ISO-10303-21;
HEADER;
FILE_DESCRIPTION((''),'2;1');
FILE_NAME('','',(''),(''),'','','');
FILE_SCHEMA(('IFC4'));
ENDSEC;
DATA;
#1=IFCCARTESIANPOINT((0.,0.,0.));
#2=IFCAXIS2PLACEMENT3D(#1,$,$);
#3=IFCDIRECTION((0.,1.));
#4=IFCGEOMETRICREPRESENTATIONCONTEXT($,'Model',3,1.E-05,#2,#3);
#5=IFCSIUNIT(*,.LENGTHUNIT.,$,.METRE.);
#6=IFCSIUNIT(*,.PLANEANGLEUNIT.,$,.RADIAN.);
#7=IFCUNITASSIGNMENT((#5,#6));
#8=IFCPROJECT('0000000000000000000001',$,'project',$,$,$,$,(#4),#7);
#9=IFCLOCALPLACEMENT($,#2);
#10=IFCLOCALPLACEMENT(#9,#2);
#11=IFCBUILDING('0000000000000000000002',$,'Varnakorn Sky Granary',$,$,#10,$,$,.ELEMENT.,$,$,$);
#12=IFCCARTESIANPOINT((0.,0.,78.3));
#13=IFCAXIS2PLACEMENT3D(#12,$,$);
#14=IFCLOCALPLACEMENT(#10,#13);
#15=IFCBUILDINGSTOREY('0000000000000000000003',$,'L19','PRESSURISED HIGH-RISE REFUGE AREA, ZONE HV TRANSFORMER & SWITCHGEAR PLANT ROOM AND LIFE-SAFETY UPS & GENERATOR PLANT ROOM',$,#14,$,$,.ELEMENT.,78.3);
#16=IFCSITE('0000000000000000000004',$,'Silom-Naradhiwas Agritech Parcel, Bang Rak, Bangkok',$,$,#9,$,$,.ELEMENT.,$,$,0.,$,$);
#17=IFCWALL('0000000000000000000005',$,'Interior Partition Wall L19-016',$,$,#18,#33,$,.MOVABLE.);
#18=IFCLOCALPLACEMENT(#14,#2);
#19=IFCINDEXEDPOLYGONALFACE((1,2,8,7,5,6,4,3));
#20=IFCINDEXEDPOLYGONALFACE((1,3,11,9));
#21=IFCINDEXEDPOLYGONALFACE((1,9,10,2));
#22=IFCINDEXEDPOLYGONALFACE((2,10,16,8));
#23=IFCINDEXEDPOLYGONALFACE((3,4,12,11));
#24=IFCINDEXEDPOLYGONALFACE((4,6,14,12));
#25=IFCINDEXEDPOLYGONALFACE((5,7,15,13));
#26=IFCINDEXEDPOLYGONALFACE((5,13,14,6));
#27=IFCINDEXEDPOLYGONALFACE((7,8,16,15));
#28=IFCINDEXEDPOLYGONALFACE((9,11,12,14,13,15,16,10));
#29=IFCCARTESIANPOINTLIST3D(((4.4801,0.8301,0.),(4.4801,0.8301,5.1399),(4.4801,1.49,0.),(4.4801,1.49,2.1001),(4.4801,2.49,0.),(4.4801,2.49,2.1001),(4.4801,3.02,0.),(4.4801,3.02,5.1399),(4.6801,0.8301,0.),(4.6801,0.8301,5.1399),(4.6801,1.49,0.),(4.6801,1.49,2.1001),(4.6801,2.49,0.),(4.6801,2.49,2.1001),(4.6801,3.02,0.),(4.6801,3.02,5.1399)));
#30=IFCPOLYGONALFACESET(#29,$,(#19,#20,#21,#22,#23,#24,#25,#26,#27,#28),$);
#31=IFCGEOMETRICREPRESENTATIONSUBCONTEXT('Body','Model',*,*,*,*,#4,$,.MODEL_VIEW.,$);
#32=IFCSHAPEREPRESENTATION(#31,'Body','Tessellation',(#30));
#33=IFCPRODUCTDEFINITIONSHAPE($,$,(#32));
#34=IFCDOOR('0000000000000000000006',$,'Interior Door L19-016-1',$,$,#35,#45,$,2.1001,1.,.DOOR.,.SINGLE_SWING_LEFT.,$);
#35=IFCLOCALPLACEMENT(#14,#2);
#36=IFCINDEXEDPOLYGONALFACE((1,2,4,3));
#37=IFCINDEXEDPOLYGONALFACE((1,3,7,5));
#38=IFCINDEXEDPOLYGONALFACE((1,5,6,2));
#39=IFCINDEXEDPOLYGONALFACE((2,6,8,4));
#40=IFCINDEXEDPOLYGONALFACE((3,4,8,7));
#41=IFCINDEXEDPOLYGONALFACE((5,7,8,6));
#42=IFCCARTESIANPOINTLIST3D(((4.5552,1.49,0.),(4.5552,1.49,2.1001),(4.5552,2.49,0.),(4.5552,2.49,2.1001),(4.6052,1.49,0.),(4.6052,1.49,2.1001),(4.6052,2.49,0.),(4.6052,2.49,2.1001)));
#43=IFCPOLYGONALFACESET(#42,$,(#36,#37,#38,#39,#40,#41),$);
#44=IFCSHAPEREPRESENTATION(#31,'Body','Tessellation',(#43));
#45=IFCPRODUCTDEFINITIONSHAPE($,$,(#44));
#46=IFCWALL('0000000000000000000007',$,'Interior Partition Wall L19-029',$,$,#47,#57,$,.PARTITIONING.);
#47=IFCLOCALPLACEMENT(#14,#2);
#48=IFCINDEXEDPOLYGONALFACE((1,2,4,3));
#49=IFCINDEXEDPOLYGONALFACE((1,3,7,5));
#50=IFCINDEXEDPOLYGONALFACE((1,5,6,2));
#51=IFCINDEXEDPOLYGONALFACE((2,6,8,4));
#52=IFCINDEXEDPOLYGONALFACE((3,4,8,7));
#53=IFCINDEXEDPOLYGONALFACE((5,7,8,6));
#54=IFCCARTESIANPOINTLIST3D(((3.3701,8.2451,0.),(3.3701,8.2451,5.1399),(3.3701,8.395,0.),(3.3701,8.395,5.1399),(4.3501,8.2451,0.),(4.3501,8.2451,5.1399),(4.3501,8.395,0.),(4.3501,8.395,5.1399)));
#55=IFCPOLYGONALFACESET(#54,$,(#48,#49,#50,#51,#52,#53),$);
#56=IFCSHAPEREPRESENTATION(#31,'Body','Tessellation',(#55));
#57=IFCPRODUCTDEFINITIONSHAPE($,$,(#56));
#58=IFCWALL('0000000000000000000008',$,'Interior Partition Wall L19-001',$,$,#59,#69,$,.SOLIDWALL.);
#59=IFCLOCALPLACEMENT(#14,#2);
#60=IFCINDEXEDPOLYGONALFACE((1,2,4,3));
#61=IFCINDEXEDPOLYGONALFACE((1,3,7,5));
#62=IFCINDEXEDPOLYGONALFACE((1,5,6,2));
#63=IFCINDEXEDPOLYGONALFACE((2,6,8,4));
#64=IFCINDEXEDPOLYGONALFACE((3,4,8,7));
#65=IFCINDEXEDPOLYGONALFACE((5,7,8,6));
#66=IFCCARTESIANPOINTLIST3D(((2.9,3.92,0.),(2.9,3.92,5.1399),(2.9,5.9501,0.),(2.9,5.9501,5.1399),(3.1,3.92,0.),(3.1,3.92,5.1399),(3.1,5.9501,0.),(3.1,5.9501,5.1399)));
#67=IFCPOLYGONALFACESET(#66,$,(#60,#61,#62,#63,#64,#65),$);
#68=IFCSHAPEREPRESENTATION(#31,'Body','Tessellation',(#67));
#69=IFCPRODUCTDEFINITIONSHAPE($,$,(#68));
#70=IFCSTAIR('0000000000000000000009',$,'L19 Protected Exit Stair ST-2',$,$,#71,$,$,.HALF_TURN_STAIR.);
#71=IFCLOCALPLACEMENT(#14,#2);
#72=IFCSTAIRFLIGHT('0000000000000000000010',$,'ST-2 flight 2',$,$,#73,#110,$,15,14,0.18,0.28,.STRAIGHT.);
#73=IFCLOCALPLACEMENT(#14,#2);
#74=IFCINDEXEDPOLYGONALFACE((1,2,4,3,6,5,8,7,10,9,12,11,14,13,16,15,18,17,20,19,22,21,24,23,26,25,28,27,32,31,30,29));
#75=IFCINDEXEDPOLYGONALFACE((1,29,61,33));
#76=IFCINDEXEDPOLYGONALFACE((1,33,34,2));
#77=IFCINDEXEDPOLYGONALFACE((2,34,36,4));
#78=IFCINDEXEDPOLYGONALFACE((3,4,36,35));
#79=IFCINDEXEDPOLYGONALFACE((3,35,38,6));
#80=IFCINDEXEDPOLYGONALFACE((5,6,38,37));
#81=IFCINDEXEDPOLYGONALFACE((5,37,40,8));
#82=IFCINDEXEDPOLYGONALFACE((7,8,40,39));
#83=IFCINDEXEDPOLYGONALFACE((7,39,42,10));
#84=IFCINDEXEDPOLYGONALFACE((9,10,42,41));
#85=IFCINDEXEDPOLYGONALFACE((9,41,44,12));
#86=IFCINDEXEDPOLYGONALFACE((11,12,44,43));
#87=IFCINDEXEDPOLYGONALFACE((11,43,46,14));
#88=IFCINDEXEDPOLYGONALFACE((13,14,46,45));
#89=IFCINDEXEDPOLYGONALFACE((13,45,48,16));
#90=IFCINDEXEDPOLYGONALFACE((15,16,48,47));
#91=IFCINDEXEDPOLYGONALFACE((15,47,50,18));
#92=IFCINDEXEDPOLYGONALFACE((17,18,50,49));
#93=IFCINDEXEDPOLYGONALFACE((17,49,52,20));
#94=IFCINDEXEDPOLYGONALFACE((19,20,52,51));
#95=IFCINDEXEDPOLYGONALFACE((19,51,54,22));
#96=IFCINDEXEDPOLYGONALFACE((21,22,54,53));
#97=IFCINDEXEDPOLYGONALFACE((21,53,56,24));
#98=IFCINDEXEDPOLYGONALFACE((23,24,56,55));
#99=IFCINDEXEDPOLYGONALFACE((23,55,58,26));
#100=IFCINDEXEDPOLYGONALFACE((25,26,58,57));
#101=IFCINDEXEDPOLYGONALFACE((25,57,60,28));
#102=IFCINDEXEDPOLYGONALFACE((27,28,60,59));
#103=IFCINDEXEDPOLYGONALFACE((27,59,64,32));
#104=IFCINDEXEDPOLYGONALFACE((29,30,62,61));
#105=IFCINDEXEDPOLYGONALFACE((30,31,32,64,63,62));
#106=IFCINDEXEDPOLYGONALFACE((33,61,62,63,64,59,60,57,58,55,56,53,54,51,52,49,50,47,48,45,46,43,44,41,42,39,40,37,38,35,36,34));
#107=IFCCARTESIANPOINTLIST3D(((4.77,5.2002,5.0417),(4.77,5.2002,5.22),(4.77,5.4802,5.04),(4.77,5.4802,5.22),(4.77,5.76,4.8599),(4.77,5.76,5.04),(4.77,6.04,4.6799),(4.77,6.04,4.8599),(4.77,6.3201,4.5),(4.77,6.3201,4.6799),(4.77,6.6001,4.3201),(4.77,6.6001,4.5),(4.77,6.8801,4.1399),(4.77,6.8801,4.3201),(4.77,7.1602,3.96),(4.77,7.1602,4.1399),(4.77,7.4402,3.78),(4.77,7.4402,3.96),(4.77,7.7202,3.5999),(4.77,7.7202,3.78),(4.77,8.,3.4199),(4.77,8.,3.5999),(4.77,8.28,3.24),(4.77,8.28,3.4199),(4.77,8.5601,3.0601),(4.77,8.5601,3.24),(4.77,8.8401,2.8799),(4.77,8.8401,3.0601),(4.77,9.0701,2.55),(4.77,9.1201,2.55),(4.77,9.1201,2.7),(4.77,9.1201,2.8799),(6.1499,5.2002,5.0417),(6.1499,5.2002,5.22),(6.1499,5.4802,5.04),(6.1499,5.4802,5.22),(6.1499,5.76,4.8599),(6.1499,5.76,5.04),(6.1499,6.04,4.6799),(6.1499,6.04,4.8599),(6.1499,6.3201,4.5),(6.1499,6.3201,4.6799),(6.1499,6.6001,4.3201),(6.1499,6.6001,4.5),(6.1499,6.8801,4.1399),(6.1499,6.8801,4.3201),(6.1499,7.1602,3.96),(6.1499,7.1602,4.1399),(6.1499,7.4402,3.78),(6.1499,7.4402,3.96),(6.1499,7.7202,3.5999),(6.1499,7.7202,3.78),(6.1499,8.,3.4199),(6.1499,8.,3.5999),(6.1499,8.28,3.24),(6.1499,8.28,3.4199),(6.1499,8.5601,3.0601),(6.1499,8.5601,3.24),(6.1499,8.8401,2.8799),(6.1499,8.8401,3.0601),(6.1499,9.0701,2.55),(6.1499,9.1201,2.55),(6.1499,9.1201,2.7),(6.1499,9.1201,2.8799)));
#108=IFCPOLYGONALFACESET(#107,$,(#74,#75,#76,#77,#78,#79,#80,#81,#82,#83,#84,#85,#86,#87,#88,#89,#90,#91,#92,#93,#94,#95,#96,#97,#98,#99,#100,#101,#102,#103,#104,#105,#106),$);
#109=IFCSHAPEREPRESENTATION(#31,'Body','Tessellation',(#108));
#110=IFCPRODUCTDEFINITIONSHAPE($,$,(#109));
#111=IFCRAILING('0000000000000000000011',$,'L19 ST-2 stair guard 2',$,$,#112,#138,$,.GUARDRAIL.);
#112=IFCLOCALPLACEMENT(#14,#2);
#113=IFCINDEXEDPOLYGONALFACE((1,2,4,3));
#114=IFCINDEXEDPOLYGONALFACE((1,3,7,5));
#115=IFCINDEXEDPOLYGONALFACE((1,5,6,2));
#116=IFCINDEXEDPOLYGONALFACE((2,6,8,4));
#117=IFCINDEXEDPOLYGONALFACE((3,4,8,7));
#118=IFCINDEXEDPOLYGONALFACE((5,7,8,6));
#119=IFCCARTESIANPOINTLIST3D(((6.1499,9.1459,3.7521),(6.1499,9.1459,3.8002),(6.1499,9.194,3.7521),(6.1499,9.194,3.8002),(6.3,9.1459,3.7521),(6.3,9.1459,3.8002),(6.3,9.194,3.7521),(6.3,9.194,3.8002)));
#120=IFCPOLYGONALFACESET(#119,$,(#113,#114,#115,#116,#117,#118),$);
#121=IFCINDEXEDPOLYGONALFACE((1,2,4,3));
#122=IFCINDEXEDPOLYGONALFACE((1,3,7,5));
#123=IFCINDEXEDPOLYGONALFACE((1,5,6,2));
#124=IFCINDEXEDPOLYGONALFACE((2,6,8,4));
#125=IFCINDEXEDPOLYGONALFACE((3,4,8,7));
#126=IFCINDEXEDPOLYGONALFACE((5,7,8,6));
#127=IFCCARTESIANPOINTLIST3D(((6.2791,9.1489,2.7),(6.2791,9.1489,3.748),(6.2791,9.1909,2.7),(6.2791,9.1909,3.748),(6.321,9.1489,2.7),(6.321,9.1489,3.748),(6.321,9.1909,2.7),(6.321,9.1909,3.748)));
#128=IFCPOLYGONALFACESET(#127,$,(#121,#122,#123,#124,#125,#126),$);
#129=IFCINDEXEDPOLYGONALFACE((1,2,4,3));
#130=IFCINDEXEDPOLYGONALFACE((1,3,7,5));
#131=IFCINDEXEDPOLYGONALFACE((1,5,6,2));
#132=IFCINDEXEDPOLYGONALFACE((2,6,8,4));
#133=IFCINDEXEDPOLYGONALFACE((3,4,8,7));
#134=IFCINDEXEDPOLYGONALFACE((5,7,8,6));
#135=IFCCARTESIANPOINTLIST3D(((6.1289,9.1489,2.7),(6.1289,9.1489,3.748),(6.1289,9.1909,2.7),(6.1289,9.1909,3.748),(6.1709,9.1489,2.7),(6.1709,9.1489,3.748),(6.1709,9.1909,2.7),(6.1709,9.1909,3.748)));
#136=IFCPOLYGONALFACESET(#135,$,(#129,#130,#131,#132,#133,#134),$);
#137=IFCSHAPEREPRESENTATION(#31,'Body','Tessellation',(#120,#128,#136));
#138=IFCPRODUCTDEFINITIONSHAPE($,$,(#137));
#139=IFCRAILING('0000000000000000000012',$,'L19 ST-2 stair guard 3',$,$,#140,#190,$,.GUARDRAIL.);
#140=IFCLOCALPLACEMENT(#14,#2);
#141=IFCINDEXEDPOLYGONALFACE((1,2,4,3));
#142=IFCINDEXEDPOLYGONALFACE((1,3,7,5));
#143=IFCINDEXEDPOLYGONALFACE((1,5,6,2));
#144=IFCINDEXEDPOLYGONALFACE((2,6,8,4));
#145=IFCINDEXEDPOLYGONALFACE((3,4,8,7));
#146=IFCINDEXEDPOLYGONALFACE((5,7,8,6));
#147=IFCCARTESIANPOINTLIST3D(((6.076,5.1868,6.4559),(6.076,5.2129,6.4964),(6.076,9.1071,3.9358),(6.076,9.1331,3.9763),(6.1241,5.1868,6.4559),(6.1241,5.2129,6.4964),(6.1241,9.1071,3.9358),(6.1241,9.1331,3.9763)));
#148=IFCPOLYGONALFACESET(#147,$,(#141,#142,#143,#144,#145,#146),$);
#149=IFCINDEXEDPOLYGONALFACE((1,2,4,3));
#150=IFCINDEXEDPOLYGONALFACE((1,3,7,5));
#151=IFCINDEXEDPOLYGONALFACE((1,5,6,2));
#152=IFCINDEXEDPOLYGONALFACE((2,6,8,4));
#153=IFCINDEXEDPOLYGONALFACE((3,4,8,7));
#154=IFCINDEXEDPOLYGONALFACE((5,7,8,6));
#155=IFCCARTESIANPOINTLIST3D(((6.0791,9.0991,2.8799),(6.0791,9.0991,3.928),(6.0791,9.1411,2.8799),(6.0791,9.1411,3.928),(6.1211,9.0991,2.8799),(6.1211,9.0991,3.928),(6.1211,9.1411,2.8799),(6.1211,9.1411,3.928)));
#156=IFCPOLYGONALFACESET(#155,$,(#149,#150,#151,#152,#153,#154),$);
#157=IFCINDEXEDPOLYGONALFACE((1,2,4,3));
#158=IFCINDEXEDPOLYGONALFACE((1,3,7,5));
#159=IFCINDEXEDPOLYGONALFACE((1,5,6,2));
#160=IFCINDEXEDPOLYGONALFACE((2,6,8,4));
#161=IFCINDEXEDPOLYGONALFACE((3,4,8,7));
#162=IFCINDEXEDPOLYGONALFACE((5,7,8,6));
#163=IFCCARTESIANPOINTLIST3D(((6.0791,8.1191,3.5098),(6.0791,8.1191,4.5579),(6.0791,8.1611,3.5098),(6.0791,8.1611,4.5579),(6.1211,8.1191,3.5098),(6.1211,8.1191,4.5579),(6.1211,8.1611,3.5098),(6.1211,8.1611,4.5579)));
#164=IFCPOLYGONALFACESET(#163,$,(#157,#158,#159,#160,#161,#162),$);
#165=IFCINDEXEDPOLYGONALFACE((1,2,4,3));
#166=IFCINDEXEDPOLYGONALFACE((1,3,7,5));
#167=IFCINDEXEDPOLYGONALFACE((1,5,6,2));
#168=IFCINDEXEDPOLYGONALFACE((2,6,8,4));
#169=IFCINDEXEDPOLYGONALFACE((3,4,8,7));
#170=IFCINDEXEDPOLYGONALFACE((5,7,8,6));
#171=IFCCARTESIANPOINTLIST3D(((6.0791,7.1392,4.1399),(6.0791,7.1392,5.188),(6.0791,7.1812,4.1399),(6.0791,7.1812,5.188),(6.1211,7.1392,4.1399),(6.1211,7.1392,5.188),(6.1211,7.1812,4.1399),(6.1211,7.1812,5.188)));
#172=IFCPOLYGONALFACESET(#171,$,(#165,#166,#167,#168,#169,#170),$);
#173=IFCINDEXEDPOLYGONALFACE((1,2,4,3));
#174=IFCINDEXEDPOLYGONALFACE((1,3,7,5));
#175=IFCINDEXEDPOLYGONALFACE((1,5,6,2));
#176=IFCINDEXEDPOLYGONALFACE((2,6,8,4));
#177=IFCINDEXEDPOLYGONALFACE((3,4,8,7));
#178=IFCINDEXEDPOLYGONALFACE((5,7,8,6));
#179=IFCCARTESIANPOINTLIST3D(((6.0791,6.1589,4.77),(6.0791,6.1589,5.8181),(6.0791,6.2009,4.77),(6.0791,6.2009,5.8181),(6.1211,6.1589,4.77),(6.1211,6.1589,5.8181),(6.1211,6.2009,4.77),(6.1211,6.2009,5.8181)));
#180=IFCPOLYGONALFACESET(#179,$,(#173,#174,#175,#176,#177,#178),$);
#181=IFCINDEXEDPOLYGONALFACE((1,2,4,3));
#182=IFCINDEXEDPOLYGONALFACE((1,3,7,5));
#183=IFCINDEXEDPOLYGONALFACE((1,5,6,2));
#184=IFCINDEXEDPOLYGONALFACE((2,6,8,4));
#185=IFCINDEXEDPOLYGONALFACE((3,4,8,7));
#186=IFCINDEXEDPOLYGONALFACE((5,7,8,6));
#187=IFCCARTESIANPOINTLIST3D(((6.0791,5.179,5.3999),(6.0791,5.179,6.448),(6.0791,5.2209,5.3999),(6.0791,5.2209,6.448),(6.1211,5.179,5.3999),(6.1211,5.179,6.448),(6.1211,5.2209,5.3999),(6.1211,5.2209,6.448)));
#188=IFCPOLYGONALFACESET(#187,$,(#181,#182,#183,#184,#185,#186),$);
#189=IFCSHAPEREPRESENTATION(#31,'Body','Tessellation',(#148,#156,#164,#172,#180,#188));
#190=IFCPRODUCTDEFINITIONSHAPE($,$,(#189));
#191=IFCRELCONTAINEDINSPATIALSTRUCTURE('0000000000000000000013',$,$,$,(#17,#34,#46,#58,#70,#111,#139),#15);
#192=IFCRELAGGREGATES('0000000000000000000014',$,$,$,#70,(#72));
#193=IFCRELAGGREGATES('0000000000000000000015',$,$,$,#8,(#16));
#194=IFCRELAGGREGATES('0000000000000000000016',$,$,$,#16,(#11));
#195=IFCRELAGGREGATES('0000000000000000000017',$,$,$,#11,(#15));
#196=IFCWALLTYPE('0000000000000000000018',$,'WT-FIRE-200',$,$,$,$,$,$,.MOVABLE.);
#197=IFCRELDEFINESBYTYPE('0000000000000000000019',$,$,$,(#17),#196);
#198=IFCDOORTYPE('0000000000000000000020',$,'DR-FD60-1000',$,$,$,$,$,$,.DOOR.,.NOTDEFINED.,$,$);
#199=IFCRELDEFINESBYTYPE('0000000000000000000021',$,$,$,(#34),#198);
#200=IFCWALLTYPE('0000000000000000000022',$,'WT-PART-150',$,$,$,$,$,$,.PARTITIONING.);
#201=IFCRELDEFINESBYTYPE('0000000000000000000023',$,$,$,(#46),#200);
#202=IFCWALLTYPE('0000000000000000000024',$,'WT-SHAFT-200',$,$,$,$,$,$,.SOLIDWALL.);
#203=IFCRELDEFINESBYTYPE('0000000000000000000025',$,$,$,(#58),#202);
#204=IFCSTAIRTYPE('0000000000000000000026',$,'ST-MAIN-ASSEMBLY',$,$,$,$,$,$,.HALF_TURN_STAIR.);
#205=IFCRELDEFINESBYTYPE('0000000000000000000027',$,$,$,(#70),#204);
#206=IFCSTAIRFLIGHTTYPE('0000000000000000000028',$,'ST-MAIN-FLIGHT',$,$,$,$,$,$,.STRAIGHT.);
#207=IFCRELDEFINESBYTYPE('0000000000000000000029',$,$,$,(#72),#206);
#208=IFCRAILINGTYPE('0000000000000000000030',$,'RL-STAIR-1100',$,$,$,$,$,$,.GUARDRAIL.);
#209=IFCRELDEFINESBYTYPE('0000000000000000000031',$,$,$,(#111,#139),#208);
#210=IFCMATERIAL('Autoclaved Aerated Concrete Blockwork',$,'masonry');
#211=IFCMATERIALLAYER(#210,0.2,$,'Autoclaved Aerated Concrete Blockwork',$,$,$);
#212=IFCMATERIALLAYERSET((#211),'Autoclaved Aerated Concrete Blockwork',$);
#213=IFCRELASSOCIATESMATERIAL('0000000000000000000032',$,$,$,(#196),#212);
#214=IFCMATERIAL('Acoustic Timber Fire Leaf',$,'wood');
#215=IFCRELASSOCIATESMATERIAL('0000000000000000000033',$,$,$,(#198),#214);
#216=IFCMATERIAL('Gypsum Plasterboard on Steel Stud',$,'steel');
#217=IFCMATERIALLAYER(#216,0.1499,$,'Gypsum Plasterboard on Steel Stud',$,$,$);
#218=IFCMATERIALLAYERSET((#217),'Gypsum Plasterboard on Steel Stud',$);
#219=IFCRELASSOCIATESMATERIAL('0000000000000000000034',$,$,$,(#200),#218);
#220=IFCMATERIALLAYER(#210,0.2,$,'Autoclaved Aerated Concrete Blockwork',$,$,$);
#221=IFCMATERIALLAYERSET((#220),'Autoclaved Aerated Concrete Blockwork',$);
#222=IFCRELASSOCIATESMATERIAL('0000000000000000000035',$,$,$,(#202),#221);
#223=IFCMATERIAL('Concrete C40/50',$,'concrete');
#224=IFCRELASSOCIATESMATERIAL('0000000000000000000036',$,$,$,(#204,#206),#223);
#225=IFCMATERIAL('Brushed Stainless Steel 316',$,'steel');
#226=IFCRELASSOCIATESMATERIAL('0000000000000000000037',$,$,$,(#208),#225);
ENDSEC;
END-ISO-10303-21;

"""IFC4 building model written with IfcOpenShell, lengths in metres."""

from ifc_helpers import new_model, si_unit, direction, frame, frame_2d, origin, origin_2d, place, context, subcontext, project, spatial, polyline, rectangle, outline, extrude, material, layer, layer_set, type_object, element, fill, aggregate, save


model = new_model("IFC4")

# Units and contexts
model_context = context("Model", 3, precision=1e-05, world=origin(), true_north=direction((0.0, 1.0)))
body_context = subcontext(model_context, "Body", "Model", "MODEL_VIEW")
ifc_project = project(units=[si_unit("LENGTHUNIT", "METRE"), si_unit("PLANEANGLEUNIT", "RADIAN")], contexts=[model_context])

# Site, building, storey
site_placement = place(None, origin())
site = spatial("IfcSite", under=ifc_project, at=site_placement, Name="Silom-Naradhiwas Agritech Parcel, Bang Rak, Bangkok", CompositionType="ELEMENT", RefElevation=0.0)
building_placement = place(site_placement, origin())
building = spatial("IfcBuilding", under=site, at=building_placement, Name="Varnakorn Sky Granary", CompositionType="ELEMENT")
storey_placement = place(building_placement, frame((0.0, 0.0, 78.3)))
storey = spatial("IfcBuildingStorey", under=building, at=storey_placement, Name="L19", Description="PRESSURISED HIGH-RISE REFUGE AREA, ZONE HV TRANSFORMER & SWITCHGEAR PLANT ROOM AND LIFE-SAFETY UPS & GENERATOR PLANT ROOM", CompositionType="ELEMENT", Elevation=78.3)

# Shared definitions
ifc_material_1 = material(Name="Autoclaved Aerated Concrete Blockwork", Category="masonry")
ifc_layer_1 = layer(ifc_material_1, 0.2, Name="Autoclaved Aerated Concrete Blockwork")
ifc_layer_set_1 = layer_set([ifc_layer_1], Name="Autoclaved Aerated Concrete Blockwork")
wall_type_1 = type_object("IfcWallType", Name="WT-FIRE-200", PredefinedType="MOVABLE", material=ifc_layer_set_1)
ifc_material_2 = material(Name="Acoustic Timber Fire Leaf", Category="wood")

# Wall, opening, door
wall_1_placement = place(storey_placement, frame((4.5801, 0.8301, 0.0), z_axis=(0.0, 0.0, 1.0), x_axis=(0.0, 1.0, 0.0)))
wall_1 = element("IfcWall", 1, at=wall_1_placement, inside=storey, type_object=wall_type_1, Name="Interior Partition Wall L19-016", PredefinedType="MOVABLE", context=body_context, shape_type="SweptSolid", body=[
    extrude(rectangle(XDim=2.1899, YDim=0.2, at=frame_2d((1.095, 0.0))), origin(), (0.0, 0.0, 1.0), 5.1399),
])
opening_1_placement = place(wall_1_placement, frame((0.6599, 0.0, 0.0)))
opening_1 = element("IfcOpeningElement", 2, at=opening_1_placement, cuts=wall_1, PredefinedType="OPENING", context=body_context, shape_type="SweptSolid", body=[
    extrude(rectangle(XDim=1.0, YDim=2.1001, at=frame_2d((0.5, 1.05))), frame((0.0, 0.1099, 0.0), z_axis=(0.0, -1.0, 0.0), x_axis=(1.0, 0.0, 0.0)), (0.0, 0.0, 1.0), 0.22),
])
door_type_1 = type_object("IfcDoorType", Name="DR-FD60-1000", OperationType="NOTDEFINED", PredefinedType="DOOR", material=ifc_material_2)
door_1_placement = place(opening_1_placement, origin())
door_1 = element("IfcDoor", 3, at=door_1_placement, inside=storey, type_object=door_type_1, Name="Interior Door L19-016-1", OperationType="SINGLE_SWING_LEFT", OverallHeight=2.1001, OverallWidth=1.0, PredefinedType="DOOR", context=body_context, shape_type="SweptSolid", body=[
    extrude(rectangle(XDim=1.0, YDim=2.1001, at=frame_2d((0.5, 1.05))), frame((0.0, 0.0249, 0.0), z_axis=(0.0, -1.0, 0.0), x_axis=(1.0, 0.0, 0.0)), (0.0, 0.0, 1.0), 0.05),
])
fill(opening_1, door_1)

# Walls
ifc_material_3 = material(Name="Gypsum Plasterboard on Steel Stud", Category="steel")
ifc_layer_2 = layer(ifc_material_3, 0.1499, Name="Gypsum Plasterboard on Steel Stud")
ifc_layer_set_2 = layer_set([ifc_layer_2], Name="Gypsum Plasterboard on Steel Stud")
wall_type_2 = type_object("IfcWallType", Name="WT-PART-150", PredefinedType="PARTITIONING", material=ifc_layer_set_2)
wall_2_placement = place(storey_placement, frame((3.3701, 8.3201, 0.0), z_axis=(0.0, 0.0, 1.0), x_axis=(1.0, 0.0, 0.0)))
element("IfcWall", 4, at=wall_2_placement, inside=storey, type_object=wall_type_2, Name="Interior Partition Wall L19-029", PredefinedType="PARTITIONING", context=body_context, shape_type="SweptSolid", body=[
    extrude(rectangle(XDim=0.98, YDim=0.1499, at=frame_2d((0.49, 0.0))), origin(), (0.0, 0.0, 1.0), 5.1399),
])
ifc_layer_3 = layer(ifc_material_1, 0.2, Name="Autoclaved Aerated Concrete Blockwork")
ifc_layer_set_3 = layer_set([ifc_layer_3], Name="Autoclaved Aerated Concrete Blockwork")
wall_type_3 = type_object("IfcWallType", Name="WT-SHAFT-200", PredefinedType="SOLIDWALL", material=ifc_layer_set_3)
wall_3_placement = place(storey_placement, frame((3.0, 3.9199, 0.0), z_axis=(0.0, 0.0, 1.0), x_axis=(0.0, 1.0, 0.0)))
element("IfcWall", 5, at=wall_3_placement, inside=storey, type_object=wall_type_3, Name="Interior Partition Wall L19-001", PredefinedType="SOLIDWALL", context=body_context, shape_type="SweptSolid", body=[
    extrude(rectangle(XDim=2.03, YDim=0.2, at=frame_2d((1.0151, 0.0))), origin(), (0.0, 0.0, 1.0), 5.1399),
])

# Stair, stair flight
ifc_material_4 = material(Name="Concrete C40/50", Category="concrete")
stair_type = type_object("IfcStairType", Name="ST-MAIN-ASSEMBLY", PredefinedType="HALF_TURN_STAIR", material=ifc_material_4)
stair_placement = place(storey_placement, origin())
stair = element("IfcStair", 6, at=stair_placement, inside=storey, type_object=stair_type, Name="L19 Protected Exit Stair ST-2", PredefinedType="HALF_TURN_STAIR")
stair_flight_type = type_object("IfcStairFlightType", Name="ST-MAIN-FLIGHT", PredefinedType="STRAIGHT", material=ifc_material_4)
stair_flight_placement = place(storey_placement, frame((5.46, 9.1201, 2.7), z_axis=(0.0, 0.0, 1.0), x_axis=(0.0, -1.0, 0.0)))
stair_flight = element("IfcStairFlight", 7, at=stair_flight_placement, type_object=stair_flight_type, Name="ST-2 flight 2", NumberOfRisers=15, NumberOfTreads=14, PredefinedType="STRAIGHT", RiserHeight=0.18, TreadLength=0.28, context=body_context, shape_type="SweptSolid", body=[
    extrude(outline(polyline([(0.0, -0.1499), (0.0, 0.0), (0.0, 0.1799), (0.28, 0.1799), (0.28, 0.3601), (0.5601, 0.3601), (0.5601, 0.54), (0.8401, 0.54), (0.8401, 0.72), (1.1201, 0.72), (1.1201, 0.8999), (1.3999, 0.8999), (1.3999, 1.0801), (1.6799, 1.0801), (1.6799, 1.26), (1.96, 1.26), (1.96, 1.4399), (2.24, 1.4399), (2.24, 1.6201), (2.52, 1.6201), (2.52, 1.8), (2.8, 1.8), (2.8, 1.98), (3.0801, 1.98), (3.0801, 2.1599), (3.3601, 2.1599), (3.3601, 2.3401), (3.6399, 2.3401), (3.6399, 2.52), (3.9199, 2.52), (3.9199, 2.7), (3.9199, 2.3418), (0.05, -0.1499), (0.0, -0.1499)])), frame((0.0, 0.6899, 0.0), z_axis=(0.0, -1.0, 0.0), x_axis=(1.0, 0.0, 0.0)), (0.0, 0.0, 1.0), 1.3799),
])
aggregate(stair, [stair_flight])

# Railings
ifc_material_5 = material(Name="Brushed Stainless Steel 316", Category="steel")
railing_type_1 = type_object("IfcRailingType", Name="RL-STAIR-1100", PredefinedType="GUARDRAIL", material=ifc_material_5)
railing_1_placement = place(storey_placement, frame((6.3, 9.1699, 2.7)))
element("IfcRailing", 8, at=railing_1_placement, inside=storey, type_object=railing_type_1, Name="L19 ST-2 stair guard 2", PredefinedType="GUARDRAIL", context=body_context, shape_type="SweptSolid", body=[
    extrude(rectangle(XDim=0.0481, YDim=0.0481, at=origin_2d()), frame((0.0, 0.0, 1.0762), z_axis=(-1.0, 0.0, 0.0), x_axis=(0.0, -1.0, 0.0)), (0.0, 0.0, 1.0), 0.1501),
    extrude(rectangle(XDim=0.042, YDim=0.042, at=origin_2d()), origin(), (0.0, 0.0, 1.0), 1.0481),
    extrude(rectangle(XDim=0.042, YDim=0.042, at=origin_2d()), frame((-0.1501, 0.0, 0.0)), (0.0, 0.0, 1.0), 1.0481),
])
railing_2_placement = place(storey_placement, frame((6.1001, 9.1201, 2.8799)))
element("IfcRailing", 9, at=railing_2_placement, inside=storey, type_object=railing_type_1, Name="L19 ST-2 stair guard 3", PredefinedType="GUARDRAIL", context=body_context, shape_type="SweptSolid", body=[
    extrude(rectangle(XDim=0.0481, YDim=0.0481, at=origin_2d()), frame((0.0, 0.0, 1.0762), z_axis=(0.0, -0.841187, 0.540744), x_axis=(1.0, 0.0, 0.0)), (0.0, 0.0, 1.0), 4.6604),
    extrude(rectangle(XDim=0.042, YDim=0.042, at=origin_2d()), origin(), (0.0, 0.0, 1.0), 1.0481),
    extrude(rectangle(XDim=0.042, YDim=0.042, at=origin_2d()), frame((0.0, -0.98, 0.6299)), (0.0, 0.0, 1.0), 1.0481),
    extrude(rectangle(XDim=0.042, YDim=0.042, at=origin_2d()), frame((0.0, -1.96, 1.26)), (0.0, 0.0, 1.0), 1.0481),
    extrude(rectangle(XDim=0.042, YDim=0.042, at=origin_2d()), frame((0.0, -2.9402, 1.8901)), (0.0, 0.0, 1.0), 1.0481),
    extrude(rectangle(XDim=0.042, YDim=0.042, at=origin_2d()), frame((0.0, -3.9202, 2.52)), (0.0, 0.0, 1.0), 1.0481),
])

save(model, "model.ifc")
